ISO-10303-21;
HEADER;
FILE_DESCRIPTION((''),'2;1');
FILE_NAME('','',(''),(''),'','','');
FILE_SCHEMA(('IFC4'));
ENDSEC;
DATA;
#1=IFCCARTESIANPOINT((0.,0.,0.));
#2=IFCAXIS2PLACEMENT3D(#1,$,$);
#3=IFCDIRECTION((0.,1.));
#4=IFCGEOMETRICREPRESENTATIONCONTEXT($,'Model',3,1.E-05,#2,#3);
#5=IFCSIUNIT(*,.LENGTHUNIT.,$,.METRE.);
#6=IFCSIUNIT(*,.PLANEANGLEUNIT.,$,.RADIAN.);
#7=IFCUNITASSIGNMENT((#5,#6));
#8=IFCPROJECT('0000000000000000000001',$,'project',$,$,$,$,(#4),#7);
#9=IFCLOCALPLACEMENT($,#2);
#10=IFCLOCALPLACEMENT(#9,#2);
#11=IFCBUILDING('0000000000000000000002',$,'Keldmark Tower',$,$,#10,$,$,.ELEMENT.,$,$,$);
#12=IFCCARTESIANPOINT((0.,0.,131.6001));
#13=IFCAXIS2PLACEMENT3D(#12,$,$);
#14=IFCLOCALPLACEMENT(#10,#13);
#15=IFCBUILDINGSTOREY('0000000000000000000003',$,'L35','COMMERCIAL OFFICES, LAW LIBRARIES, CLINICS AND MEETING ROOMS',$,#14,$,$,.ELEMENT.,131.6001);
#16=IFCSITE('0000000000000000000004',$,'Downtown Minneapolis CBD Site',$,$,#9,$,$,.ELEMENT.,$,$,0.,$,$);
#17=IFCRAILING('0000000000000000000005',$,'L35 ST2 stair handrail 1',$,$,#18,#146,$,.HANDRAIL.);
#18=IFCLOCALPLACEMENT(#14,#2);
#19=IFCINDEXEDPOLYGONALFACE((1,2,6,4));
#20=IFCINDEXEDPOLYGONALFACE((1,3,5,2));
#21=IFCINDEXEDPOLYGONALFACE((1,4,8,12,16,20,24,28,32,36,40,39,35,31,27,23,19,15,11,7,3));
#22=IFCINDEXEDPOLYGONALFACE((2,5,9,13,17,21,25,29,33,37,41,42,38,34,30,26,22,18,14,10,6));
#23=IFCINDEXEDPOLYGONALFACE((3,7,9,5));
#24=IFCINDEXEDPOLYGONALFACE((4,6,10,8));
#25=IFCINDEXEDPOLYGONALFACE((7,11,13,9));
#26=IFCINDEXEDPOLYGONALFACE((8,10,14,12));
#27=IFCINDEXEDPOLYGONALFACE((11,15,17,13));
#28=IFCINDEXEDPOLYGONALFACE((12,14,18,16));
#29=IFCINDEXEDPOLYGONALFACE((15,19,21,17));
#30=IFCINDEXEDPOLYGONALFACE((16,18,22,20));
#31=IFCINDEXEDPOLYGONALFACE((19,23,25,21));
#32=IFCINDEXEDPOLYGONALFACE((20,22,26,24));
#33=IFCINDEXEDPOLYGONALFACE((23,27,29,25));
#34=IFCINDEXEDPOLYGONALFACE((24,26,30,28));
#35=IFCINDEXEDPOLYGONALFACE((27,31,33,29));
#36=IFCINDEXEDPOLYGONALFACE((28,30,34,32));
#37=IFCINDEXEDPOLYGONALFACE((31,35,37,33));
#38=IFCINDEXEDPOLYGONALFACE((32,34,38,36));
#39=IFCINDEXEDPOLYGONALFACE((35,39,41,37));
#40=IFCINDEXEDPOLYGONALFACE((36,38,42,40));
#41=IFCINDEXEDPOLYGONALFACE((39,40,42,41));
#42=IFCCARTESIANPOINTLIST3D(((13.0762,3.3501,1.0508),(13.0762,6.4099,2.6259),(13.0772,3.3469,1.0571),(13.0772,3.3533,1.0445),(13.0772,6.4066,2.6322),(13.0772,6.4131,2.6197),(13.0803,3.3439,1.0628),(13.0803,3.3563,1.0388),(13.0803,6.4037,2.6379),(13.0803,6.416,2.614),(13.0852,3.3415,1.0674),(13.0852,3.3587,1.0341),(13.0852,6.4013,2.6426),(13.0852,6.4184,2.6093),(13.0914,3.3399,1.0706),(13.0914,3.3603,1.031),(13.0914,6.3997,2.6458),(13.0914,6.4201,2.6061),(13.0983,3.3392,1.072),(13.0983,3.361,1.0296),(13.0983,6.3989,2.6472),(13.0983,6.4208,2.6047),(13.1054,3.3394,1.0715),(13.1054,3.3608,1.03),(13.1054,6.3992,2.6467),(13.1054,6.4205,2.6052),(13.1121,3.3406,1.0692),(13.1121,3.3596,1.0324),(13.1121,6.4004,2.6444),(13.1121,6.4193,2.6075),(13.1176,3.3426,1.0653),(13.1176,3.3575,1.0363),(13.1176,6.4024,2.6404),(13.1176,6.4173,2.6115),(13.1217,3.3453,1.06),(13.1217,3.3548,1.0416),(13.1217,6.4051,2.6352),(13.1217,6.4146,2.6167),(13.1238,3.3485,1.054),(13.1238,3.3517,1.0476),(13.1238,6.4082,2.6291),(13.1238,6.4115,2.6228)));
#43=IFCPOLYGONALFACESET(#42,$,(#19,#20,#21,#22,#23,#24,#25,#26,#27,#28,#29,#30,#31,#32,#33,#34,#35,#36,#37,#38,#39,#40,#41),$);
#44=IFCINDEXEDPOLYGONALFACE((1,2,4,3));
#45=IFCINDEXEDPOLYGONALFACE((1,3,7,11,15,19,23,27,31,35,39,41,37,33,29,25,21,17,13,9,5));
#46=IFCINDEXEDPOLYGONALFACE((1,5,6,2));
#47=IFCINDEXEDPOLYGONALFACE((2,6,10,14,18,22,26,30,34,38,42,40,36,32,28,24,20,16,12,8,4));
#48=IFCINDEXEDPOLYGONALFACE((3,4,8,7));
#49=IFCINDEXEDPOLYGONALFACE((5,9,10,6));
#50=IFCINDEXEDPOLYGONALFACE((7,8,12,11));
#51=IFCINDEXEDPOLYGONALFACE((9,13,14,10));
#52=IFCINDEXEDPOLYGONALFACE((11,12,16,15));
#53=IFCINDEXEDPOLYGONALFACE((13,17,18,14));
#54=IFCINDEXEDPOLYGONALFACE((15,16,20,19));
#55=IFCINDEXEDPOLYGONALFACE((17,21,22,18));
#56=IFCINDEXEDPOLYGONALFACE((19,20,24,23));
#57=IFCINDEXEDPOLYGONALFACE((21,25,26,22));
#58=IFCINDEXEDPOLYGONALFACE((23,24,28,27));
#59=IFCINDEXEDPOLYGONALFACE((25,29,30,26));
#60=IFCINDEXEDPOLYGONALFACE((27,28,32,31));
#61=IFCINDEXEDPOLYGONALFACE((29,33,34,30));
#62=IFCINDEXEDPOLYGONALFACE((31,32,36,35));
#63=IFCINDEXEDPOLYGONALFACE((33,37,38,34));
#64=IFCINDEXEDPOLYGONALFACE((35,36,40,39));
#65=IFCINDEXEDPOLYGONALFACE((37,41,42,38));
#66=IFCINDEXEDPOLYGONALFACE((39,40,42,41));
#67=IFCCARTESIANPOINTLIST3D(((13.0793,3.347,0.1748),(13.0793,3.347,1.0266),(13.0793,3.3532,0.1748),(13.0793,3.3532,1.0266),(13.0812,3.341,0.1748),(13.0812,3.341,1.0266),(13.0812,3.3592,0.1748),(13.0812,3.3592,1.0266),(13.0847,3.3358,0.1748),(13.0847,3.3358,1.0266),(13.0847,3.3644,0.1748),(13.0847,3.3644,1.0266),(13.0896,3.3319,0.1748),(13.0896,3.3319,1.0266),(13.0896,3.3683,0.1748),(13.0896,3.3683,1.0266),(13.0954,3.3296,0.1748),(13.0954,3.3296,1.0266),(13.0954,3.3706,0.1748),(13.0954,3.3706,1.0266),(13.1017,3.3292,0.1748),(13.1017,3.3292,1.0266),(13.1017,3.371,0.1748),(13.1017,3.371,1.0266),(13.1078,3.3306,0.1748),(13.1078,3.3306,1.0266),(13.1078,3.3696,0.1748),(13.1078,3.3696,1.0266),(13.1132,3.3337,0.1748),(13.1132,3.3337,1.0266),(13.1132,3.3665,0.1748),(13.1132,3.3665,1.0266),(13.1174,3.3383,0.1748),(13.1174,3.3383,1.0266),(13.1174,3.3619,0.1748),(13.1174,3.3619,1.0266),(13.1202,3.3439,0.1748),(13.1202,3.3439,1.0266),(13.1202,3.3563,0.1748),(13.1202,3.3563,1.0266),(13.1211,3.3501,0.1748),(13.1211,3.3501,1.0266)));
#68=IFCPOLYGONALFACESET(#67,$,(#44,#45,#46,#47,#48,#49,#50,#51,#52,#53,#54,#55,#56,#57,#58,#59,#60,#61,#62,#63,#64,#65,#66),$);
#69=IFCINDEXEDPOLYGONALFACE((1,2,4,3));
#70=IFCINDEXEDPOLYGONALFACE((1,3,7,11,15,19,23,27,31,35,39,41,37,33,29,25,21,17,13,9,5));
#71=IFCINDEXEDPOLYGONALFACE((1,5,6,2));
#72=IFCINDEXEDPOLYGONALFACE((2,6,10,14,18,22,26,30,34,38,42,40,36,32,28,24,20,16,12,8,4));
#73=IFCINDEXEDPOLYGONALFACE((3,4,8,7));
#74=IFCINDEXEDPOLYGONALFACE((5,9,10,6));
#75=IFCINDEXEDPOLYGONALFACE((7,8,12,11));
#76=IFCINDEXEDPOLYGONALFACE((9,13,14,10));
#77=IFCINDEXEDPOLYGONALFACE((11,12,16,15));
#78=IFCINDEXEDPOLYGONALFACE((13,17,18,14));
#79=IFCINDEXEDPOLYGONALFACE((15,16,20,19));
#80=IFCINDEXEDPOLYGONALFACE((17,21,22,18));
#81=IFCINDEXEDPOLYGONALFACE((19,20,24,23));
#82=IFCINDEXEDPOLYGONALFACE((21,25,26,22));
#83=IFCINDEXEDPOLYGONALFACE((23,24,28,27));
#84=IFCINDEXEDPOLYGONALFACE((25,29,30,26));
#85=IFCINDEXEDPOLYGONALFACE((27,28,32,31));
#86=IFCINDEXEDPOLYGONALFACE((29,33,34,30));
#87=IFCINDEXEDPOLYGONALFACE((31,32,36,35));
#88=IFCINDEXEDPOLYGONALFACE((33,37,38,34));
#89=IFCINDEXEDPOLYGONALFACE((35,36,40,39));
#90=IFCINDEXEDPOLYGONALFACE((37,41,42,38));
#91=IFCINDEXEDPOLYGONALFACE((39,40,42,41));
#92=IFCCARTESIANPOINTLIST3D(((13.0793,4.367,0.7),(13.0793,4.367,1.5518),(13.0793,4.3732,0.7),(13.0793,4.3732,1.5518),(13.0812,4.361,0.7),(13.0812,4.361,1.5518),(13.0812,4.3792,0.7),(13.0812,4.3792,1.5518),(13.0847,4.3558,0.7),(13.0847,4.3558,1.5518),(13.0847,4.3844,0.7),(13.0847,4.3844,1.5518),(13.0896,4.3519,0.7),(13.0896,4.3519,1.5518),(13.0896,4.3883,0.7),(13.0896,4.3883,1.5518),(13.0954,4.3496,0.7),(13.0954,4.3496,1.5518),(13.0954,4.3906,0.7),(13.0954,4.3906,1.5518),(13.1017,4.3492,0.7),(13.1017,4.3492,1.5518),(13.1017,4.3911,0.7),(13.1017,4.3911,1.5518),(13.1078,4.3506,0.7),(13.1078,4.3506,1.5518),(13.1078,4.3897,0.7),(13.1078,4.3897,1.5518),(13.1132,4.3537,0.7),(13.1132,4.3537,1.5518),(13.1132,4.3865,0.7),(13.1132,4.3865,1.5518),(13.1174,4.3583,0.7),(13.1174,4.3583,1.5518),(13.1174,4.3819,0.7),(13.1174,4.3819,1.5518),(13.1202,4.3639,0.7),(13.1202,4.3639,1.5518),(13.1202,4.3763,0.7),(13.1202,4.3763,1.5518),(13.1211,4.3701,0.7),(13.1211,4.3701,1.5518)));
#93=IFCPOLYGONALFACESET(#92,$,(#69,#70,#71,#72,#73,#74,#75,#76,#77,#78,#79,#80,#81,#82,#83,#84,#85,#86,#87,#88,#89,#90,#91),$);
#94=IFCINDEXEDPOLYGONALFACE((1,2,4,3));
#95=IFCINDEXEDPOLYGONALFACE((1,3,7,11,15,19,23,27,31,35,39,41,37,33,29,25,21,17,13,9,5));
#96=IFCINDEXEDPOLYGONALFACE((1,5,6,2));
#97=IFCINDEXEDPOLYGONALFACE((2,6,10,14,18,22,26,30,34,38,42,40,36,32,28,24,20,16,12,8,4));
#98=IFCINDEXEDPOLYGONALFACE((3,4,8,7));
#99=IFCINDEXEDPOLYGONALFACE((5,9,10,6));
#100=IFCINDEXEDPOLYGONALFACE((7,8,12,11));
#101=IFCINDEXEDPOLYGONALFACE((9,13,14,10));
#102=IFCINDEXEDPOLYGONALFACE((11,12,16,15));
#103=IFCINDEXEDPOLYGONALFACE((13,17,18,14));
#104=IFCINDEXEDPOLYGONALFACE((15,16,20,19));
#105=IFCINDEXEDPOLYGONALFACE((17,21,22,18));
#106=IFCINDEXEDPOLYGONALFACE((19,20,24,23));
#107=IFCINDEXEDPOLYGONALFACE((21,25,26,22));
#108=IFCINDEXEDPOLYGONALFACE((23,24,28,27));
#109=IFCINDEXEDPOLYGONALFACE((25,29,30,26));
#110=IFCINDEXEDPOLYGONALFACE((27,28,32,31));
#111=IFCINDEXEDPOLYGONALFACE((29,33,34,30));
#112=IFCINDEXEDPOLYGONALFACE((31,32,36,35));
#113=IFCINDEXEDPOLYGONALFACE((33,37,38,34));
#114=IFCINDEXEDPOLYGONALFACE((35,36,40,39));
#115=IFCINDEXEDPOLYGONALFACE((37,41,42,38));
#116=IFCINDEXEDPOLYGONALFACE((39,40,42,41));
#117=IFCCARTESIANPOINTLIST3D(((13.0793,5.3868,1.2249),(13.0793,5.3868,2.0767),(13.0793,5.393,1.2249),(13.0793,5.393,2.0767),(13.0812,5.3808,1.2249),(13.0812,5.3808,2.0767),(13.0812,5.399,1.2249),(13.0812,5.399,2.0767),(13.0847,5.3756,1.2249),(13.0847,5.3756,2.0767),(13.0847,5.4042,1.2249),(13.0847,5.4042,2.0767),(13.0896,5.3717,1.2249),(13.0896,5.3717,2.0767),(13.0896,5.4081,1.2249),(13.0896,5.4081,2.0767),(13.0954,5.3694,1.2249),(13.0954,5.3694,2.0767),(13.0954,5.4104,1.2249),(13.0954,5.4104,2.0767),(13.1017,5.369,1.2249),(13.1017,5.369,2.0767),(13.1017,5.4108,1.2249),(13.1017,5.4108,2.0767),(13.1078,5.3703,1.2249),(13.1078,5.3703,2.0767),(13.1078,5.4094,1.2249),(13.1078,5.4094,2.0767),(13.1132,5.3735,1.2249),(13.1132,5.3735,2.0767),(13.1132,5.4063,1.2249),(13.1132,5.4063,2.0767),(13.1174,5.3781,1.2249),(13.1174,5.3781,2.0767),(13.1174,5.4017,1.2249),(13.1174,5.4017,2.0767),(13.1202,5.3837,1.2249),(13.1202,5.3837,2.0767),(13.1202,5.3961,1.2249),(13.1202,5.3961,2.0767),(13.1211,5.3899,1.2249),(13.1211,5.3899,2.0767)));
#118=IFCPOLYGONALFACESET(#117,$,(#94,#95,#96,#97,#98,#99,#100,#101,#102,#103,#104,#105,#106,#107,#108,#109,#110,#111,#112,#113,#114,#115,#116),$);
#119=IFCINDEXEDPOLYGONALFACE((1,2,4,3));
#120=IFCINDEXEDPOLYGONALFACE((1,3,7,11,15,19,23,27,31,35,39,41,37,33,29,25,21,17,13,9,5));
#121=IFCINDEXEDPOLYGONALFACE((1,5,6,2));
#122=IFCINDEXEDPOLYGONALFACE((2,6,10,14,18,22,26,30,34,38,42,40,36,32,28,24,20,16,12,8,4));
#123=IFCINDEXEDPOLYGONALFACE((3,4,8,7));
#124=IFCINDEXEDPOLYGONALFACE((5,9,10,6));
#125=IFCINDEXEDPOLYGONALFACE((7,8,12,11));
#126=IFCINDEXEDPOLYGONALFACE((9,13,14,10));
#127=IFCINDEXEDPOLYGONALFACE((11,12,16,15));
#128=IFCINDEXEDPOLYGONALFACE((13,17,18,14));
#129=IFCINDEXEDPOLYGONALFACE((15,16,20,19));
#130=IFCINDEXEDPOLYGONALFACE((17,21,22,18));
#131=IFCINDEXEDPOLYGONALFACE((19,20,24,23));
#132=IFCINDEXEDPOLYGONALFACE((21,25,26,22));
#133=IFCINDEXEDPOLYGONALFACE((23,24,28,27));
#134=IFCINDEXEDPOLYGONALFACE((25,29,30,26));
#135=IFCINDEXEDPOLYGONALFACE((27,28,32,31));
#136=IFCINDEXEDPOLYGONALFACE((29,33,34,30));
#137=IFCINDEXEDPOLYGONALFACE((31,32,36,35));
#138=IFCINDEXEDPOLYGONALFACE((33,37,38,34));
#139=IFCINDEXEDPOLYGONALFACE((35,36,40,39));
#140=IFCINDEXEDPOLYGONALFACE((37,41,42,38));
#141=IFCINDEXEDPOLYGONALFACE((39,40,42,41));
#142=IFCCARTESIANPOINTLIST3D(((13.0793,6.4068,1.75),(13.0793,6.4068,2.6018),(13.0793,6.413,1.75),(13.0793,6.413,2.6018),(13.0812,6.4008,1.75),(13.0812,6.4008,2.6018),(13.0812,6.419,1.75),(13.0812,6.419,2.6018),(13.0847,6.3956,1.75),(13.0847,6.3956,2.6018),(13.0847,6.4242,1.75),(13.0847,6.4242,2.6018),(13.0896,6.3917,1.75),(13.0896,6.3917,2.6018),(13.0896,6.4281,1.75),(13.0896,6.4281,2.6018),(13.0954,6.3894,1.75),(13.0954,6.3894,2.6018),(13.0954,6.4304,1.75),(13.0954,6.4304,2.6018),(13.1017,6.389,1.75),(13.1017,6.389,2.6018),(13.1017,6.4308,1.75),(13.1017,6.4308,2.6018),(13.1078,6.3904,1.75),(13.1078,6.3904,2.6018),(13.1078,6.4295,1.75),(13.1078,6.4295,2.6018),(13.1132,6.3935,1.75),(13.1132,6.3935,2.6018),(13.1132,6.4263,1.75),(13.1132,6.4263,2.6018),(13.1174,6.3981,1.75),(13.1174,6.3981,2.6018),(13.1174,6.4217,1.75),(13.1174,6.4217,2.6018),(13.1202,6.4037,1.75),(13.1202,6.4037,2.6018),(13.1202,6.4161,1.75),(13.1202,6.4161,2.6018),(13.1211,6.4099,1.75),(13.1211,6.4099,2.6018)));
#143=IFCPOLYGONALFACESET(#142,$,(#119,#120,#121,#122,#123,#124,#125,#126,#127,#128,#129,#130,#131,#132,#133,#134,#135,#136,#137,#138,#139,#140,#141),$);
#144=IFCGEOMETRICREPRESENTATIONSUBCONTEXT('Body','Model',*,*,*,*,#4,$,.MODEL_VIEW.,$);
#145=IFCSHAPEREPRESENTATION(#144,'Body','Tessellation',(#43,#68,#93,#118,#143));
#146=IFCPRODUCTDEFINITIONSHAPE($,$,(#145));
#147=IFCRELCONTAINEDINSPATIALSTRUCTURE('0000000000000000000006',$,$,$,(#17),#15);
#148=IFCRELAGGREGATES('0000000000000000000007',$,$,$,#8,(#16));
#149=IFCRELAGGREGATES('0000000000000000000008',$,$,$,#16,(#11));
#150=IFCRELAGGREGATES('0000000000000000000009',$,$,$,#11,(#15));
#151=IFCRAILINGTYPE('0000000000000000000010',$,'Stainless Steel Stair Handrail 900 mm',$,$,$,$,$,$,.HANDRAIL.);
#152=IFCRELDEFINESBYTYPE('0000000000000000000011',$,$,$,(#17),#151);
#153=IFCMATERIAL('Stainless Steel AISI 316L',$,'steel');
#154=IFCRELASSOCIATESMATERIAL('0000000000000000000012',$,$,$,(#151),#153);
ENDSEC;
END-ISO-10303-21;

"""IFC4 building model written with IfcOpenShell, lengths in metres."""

from ifc_helpers import new_model, si_unit, direction, frame, origin, origin_2d, place, context, subcontext, project, spatial, circle, extrude, material, type_object, element, save


model = new_model("IFC4")

# Units and contexts
model_context = context("Model", 3, precision=1e-05, world=origin(), true_north=direction((0.0, 1.0)))
body_context = subcontext(model_context, "Body", "Model", "MODEL_VIEW")
ifc_project = project(units=[si_unit("LENGTHUNIT", "METRE"), si_unit("PLANEANGLEUNIT", "RADIAN")], contexts=[model_context])

# Site, building, storey
site_placement = place(None, origin())
site = spatial("IfcSite", under=ifc_project, at=site_placement, Name="Downtown Minneapolis CBD Site", CompositionType="ELEMENT", RefElevation=0.0)
building_placement = place(site_placement, origin())
building = spatial("IfcBuilding", under=site, at=building_placement, Name="Keldmark Tower", CompositionType="ELEMENT")
storey_placement = place(building_placement, frame((0.0, 0.0, 131.6001)))
storey = spatial("IfcBuildingStorey", under=building, at=storey_placement, Name="L35", Description="COMMERCIAL OFFICES, LAW LIBRARIES, CLINICS AND MEETING ROOMS", CompositionType="ELEMENT", Elevation=131.6001)

# Railing
ifc_material_1 = material(Name="Stainless Steel AISI 316L", Category="steel")
railing_type_1 = type_object("IfcRailingType", Name="Stainless Steel Stair Handrail 900 mm", PredefinedType="HANDRAIL", material=ifc_material_1)
railing_1_placement = place(storey_placement, frame((13.1001, 3.3501, 0.1748)))
element("IfcRailing", 1, at=railing_1_placement, inside=storey, type_object=railing_type_1, Name="L35 ST2 stair handrail 1", PredefinedType="HANDRAIL", context=body_context, shape_type="SweptSolid", body=[
    extrude(circle(Radius=0.0239, at=origin_2d()), frame((0.0, 0.0, 0.876), z_axis=(0.0, 0.889101, 0.45771), x_axis=(-1.0, 0.0, 0.0)), (0.0, 0.0, 1.0), 3.4414),
    extrude(circle(Radius=0.021, at=origin_2d()), origin(), (0.0, 0.0, 1.0), 0.8518),
    extrude(circle(Radius=0.021, at=origin_2d()), frame((0.0, 1.02, 0.5251)), (0.0, 0.0, 1.0), 0.8518),
    extrude(circle(Radius=0.021, at=origin_2d()), frame((0.0, 2.0398, 1.05)), (0.0, 0.0, 1.0), 0.8518),
    extrude(circle(Radius=0.021, at=origin_2d()), frame((0.0, 3.0598, 1.5752)), (0.0, 0.0, 1.0), 0.8518),
])

save(model, "model.ifc")
